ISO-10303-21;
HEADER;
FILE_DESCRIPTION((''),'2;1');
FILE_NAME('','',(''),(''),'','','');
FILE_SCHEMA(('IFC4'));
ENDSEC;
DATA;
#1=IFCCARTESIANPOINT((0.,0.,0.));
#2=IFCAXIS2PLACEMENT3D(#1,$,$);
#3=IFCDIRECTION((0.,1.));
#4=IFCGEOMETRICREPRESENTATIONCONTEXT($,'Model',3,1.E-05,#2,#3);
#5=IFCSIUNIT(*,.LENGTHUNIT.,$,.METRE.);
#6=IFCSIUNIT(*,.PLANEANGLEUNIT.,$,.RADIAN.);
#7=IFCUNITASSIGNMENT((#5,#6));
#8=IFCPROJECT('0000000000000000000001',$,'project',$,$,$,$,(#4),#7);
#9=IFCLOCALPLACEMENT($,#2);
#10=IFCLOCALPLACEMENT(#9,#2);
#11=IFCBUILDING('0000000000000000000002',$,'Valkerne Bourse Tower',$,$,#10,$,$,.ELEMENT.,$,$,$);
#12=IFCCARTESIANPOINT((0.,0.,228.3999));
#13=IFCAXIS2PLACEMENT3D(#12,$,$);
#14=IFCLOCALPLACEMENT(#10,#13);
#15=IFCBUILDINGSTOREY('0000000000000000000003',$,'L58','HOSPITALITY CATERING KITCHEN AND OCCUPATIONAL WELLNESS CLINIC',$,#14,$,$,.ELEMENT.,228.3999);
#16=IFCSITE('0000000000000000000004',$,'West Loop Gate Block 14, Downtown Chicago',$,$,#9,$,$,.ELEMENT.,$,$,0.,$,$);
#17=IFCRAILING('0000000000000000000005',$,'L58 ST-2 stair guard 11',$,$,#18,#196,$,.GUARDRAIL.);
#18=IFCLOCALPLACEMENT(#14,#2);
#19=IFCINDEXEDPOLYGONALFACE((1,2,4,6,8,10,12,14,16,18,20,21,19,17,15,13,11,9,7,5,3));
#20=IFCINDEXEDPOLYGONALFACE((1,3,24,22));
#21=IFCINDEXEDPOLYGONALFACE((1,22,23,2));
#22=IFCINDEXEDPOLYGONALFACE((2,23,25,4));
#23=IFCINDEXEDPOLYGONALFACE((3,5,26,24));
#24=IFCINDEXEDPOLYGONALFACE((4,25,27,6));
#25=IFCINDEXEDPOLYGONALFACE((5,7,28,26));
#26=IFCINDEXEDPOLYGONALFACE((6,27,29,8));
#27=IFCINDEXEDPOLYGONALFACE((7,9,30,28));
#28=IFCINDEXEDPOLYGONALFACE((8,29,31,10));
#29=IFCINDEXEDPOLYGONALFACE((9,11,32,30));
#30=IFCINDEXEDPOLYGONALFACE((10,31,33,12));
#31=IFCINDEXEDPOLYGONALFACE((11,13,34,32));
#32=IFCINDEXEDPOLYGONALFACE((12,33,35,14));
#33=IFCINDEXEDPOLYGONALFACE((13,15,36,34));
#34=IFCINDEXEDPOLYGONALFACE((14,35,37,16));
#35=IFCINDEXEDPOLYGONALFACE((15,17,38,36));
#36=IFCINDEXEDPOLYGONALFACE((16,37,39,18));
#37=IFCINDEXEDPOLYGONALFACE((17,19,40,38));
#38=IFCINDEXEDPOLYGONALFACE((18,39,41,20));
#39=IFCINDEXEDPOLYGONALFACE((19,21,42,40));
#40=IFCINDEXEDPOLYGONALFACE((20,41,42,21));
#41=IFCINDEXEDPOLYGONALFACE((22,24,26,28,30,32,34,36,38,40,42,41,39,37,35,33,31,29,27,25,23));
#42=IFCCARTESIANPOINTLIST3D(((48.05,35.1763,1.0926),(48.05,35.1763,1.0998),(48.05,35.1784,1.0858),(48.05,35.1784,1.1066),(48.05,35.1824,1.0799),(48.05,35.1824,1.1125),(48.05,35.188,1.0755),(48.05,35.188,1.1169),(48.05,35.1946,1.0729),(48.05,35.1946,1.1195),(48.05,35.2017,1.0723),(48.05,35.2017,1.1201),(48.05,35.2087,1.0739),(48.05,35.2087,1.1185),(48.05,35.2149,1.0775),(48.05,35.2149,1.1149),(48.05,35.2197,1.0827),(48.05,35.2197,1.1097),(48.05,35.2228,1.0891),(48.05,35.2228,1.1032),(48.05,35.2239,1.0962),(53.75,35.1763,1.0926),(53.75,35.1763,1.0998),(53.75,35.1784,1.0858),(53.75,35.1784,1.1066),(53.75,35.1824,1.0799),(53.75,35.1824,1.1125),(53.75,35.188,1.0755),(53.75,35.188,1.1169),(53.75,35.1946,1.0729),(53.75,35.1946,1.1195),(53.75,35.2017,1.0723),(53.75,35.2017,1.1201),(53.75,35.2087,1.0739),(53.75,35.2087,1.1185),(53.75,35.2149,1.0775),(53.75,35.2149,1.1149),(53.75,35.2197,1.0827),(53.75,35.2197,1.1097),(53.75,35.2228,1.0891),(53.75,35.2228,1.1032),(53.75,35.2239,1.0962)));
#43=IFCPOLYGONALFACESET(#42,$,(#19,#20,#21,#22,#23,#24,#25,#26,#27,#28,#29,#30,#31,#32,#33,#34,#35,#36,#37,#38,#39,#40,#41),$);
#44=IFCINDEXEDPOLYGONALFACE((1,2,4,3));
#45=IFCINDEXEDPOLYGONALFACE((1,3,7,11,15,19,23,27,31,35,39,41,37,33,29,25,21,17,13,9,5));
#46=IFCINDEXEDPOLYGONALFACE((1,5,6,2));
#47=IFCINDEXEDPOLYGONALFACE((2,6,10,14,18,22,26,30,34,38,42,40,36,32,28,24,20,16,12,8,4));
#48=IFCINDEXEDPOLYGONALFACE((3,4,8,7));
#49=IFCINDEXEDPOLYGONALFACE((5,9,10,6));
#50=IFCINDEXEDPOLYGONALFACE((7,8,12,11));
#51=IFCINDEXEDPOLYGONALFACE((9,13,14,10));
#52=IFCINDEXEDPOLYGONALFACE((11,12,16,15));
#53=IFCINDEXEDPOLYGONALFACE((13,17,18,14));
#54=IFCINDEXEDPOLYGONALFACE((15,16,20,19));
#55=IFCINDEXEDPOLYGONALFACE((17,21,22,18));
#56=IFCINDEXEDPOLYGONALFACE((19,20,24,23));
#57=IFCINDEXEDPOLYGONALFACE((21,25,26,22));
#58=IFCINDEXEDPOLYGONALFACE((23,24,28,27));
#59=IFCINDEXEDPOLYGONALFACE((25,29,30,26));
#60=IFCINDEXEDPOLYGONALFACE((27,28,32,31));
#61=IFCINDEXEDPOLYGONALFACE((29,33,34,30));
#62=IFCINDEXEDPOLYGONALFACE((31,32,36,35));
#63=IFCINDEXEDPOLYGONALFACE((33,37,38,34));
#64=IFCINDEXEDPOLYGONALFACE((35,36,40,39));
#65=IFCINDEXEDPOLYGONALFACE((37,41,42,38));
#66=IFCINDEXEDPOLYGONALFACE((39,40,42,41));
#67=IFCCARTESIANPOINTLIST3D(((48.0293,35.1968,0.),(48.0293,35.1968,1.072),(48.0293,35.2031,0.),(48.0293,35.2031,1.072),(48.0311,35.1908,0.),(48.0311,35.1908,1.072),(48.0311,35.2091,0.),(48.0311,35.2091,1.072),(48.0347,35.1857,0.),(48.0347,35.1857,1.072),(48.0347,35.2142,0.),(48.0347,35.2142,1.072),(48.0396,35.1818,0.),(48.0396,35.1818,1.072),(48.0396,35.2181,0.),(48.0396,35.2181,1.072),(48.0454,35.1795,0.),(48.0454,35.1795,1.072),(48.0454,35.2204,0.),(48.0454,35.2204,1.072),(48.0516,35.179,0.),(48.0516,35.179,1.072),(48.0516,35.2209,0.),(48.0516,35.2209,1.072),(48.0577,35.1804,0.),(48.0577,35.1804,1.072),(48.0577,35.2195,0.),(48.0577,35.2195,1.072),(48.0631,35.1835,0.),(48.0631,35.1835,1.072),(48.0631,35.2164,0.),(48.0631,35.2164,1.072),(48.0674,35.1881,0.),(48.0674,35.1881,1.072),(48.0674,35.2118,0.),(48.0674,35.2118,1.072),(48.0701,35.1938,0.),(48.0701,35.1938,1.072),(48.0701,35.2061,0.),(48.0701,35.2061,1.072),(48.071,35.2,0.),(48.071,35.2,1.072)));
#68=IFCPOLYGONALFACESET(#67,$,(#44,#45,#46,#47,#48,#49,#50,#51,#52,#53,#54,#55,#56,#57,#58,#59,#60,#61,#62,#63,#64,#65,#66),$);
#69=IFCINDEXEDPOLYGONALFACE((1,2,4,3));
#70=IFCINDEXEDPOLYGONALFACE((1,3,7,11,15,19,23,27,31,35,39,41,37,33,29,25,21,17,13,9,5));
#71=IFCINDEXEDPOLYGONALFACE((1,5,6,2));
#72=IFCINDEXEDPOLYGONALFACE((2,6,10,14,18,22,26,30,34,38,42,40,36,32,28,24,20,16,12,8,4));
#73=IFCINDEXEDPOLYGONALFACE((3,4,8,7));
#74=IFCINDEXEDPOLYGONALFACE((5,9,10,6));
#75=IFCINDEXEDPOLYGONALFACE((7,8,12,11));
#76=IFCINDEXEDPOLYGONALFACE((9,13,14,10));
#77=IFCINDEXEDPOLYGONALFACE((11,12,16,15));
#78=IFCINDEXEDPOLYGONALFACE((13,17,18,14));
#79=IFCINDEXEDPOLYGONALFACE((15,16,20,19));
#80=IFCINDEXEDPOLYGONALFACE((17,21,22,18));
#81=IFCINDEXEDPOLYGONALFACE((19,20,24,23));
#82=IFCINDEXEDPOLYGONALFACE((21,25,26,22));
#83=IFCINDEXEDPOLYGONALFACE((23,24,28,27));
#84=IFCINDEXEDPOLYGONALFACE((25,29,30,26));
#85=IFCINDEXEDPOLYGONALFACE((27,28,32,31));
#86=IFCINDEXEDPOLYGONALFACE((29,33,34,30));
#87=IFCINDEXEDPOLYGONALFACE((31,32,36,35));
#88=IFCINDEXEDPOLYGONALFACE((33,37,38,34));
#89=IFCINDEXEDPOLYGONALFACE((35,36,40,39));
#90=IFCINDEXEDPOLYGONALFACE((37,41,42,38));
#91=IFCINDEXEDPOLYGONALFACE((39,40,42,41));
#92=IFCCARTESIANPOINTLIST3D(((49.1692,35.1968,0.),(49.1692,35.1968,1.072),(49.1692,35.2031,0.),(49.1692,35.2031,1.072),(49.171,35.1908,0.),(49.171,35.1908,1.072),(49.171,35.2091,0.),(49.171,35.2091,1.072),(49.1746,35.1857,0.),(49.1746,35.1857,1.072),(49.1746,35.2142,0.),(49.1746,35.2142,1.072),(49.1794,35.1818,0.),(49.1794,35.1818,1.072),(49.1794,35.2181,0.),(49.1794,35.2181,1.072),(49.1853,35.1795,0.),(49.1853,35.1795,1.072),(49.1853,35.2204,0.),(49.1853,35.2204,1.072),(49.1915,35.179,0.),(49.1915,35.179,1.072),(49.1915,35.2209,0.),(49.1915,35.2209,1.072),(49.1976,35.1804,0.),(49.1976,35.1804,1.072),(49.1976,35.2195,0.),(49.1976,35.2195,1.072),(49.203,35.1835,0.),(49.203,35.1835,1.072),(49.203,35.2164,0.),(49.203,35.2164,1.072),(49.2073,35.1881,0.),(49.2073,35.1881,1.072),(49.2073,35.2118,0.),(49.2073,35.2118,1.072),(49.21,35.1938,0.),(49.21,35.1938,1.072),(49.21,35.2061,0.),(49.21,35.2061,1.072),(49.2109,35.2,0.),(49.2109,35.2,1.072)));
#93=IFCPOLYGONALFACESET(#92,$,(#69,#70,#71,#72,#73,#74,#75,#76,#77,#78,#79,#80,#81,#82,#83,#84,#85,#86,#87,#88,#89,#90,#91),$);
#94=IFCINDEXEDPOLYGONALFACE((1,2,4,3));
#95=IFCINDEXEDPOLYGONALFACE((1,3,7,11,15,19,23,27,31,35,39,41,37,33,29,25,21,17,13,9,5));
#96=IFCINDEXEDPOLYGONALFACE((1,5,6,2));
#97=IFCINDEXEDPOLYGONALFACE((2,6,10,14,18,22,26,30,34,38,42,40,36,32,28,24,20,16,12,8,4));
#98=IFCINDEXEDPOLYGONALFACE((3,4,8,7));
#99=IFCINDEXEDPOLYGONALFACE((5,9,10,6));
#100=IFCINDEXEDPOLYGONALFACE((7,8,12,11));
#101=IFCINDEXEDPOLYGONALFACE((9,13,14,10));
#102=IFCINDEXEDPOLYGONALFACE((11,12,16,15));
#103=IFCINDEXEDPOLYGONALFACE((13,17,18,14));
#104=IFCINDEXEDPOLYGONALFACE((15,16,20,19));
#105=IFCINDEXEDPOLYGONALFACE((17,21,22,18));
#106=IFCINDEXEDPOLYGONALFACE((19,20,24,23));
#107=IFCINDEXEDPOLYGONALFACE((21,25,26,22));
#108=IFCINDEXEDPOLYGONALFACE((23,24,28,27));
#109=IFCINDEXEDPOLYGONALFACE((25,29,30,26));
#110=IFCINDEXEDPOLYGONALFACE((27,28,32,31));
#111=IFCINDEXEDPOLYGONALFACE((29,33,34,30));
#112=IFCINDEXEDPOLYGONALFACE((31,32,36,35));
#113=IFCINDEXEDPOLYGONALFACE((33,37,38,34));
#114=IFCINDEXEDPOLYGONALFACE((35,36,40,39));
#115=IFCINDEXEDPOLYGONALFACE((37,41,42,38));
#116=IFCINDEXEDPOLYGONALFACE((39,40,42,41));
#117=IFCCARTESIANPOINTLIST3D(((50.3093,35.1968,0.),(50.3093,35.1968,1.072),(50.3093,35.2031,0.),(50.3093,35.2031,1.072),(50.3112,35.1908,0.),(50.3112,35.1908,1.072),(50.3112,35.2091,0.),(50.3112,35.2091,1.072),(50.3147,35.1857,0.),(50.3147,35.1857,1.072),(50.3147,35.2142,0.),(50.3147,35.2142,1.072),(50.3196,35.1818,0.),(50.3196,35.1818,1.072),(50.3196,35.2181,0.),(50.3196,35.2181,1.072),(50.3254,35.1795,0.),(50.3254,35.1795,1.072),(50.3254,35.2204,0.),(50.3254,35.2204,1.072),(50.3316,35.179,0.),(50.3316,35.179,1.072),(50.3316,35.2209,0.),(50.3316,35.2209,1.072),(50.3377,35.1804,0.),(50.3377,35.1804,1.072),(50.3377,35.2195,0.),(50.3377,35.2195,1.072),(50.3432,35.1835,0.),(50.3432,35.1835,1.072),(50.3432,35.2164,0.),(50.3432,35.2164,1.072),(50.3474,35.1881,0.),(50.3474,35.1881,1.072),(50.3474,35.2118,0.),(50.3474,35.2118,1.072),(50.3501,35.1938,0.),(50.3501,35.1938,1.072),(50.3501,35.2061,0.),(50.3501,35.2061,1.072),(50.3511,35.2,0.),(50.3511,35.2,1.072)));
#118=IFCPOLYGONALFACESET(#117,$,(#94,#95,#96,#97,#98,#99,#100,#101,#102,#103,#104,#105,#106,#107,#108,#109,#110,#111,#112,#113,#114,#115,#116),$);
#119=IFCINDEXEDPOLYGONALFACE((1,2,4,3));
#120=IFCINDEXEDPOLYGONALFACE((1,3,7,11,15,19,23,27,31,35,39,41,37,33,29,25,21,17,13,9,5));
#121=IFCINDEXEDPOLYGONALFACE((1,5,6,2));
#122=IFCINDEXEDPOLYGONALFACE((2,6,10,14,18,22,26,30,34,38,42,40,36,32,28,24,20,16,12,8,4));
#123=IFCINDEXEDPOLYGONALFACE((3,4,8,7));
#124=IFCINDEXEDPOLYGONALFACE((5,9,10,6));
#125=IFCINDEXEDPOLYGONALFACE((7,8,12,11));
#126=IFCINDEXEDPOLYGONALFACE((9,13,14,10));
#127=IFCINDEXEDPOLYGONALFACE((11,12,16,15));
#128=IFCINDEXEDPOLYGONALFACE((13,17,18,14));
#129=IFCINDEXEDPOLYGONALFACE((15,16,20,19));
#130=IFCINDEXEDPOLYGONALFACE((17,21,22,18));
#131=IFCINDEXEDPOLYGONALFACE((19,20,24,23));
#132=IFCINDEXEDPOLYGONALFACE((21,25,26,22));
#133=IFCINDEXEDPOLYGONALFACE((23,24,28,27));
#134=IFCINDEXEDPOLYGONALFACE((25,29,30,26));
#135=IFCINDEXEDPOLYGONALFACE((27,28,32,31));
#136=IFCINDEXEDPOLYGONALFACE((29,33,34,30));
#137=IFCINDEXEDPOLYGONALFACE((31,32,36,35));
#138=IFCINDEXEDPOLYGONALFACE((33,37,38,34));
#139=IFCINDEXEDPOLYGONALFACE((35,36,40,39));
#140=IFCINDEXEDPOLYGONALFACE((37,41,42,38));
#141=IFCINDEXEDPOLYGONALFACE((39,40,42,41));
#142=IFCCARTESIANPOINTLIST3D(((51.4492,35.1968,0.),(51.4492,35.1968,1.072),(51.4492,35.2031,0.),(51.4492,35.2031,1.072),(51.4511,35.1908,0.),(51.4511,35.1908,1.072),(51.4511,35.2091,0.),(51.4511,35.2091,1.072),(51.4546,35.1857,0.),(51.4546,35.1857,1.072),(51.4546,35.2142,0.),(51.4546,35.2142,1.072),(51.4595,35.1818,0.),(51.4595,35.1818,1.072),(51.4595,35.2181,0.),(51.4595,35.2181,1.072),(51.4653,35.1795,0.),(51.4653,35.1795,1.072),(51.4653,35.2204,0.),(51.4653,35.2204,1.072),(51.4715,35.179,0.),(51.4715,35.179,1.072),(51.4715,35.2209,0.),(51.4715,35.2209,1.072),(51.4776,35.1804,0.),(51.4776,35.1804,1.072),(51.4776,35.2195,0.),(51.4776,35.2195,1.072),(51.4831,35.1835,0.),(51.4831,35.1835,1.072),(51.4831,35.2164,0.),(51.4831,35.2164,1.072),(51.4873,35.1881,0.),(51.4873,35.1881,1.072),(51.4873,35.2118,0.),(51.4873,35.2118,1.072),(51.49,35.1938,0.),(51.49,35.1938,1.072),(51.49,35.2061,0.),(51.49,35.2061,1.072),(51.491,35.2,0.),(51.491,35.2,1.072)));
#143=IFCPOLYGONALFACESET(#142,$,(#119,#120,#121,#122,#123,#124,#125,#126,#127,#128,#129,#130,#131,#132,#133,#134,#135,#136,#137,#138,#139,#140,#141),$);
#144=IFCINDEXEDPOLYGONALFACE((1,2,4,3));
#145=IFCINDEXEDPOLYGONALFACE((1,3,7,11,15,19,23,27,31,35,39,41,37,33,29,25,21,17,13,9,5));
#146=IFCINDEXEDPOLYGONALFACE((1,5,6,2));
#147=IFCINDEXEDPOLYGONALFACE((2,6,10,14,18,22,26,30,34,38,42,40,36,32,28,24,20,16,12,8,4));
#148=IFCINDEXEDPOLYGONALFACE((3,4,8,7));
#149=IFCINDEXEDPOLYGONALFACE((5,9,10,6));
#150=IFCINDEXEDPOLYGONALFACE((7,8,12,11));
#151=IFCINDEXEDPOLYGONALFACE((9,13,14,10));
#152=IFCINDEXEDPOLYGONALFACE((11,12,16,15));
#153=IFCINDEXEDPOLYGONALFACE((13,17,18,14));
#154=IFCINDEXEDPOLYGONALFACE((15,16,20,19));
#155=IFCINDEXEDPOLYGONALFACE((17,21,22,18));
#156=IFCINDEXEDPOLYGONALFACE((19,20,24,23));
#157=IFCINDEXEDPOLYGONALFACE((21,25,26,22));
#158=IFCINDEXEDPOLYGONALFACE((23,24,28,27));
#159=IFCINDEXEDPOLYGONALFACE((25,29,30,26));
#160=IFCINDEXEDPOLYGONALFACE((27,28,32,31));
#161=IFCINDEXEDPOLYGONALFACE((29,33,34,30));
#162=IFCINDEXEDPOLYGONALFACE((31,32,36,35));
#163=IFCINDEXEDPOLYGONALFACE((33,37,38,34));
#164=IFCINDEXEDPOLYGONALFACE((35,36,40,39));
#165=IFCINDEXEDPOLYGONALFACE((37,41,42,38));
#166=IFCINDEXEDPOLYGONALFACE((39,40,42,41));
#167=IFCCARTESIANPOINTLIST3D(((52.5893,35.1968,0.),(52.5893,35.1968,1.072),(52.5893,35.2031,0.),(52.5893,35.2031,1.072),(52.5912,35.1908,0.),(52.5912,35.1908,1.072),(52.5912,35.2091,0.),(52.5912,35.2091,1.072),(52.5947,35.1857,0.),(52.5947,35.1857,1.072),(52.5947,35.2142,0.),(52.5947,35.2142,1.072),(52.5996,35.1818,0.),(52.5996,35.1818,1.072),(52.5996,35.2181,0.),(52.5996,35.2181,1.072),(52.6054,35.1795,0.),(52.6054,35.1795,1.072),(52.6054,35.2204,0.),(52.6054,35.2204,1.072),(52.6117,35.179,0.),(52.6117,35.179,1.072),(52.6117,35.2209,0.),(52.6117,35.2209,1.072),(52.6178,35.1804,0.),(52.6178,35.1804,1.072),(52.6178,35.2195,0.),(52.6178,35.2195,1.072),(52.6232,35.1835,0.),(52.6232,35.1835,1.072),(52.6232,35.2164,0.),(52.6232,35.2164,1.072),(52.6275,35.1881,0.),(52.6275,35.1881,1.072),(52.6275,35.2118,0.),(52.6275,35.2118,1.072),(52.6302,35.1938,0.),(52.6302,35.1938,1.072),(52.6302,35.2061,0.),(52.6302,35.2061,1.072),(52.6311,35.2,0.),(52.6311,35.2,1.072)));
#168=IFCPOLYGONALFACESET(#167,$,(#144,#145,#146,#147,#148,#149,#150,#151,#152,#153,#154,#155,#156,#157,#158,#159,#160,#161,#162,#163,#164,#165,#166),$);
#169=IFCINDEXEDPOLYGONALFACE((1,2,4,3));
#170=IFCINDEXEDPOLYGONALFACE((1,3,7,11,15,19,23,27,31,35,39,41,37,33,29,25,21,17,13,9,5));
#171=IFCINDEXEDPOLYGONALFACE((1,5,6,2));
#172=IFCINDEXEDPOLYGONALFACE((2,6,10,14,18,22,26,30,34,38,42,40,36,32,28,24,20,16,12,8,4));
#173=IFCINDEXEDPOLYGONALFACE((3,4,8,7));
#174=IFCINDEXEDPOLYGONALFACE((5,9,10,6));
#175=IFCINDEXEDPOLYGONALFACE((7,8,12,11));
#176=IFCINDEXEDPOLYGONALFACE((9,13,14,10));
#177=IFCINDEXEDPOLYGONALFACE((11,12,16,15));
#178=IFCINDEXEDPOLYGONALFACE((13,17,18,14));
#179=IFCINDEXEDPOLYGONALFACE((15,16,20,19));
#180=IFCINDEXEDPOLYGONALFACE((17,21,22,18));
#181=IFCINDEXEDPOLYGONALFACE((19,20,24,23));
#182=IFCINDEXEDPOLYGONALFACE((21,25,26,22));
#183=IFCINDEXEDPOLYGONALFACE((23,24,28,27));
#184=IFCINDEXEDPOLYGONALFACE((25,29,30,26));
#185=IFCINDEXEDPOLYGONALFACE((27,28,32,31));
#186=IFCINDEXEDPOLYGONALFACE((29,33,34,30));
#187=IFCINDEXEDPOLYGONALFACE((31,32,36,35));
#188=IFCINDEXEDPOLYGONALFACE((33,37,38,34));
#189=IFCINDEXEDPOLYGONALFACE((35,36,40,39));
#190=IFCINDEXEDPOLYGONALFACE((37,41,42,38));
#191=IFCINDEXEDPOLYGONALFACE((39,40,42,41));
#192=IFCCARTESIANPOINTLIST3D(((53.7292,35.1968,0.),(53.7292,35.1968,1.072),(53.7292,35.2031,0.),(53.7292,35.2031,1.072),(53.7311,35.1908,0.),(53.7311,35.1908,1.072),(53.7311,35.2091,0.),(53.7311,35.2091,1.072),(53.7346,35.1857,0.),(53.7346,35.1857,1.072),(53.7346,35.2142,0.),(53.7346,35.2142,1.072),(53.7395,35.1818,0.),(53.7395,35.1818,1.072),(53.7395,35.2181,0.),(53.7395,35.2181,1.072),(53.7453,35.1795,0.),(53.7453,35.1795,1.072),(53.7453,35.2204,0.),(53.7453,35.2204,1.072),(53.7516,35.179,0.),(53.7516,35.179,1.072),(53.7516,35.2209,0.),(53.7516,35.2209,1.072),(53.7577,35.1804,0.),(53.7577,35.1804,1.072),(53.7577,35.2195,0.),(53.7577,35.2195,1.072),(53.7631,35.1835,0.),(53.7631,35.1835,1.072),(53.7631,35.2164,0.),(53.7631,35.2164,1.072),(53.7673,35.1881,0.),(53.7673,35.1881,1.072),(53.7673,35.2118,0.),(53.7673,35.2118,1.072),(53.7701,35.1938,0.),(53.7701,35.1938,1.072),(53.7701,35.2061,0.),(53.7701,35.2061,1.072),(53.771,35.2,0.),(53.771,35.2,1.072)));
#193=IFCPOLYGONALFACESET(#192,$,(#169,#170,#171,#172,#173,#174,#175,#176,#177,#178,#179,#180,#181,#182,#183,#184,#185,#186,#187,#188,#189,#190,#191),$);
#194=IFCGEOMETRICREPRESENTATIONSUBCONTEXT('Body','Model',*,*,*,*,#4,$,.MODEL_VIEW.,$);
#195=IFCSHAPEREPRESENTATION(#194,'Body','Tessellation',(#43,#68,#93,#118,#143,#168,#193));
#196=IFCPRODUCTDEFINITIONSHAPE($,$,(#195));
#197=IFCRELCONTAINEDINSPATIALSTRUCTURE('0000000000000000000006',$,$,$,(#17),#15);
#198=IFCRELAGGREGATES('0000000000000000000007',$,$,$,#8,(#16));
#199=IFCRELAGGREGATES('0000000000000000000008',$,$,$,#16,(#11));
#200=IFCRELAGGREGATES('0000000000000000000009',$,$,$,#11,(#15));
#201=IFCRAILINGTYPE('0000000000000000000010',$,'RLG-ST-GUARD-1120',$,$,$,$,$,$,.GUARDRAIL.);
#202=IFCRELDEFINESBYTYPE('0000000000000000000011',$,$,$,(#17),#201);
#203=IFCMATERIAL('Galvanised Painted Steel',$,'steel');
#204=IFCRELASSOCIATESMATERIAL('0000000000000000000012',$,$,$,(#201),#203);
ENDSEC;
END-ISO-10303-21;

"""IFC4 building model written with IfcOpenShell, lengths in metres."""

from ifc_helpers import new_model, si_unit, direction, frame, origin, origin_2d, place, context, subcontext, project, spatial, circle, extrude, material, type_object, element, save


model = new_model("IFC4")

# Units and contexts
model_context = context("Model", 3, precision=1e-05, world=origin(), true_north=direction((0.0, 1.0)))
body_context = subcontext(model_context, "Body", "Model", "MODEL_VIEW")
ifc_project = project(units=[si_unit("LENGTHUNIT", "METRE"), si_unit("PLANEANGLEUNIT", "RADIAN")], contexts=[model_context])

# Site, building, storey
site_placement = place(None, origin())
site = spatial("IfcSite", under=ifc_project, at=site_placement, Name="West Loop Gate Block 14, Downtown Chicago", CompositionType="ELEMENT", RefElevation=0.0)
building_placement = place(site_placement, origin())
building = spatial("IfcBuilding", under=site, at=building_placement, Name="Valkerne Bourse Tower", CompositionType="ELEMENT")
storey_placement = place(building_placement, frame((0.0, 0.0, 228.3999)))
storey = spatial("IfcBuildingStorey", under=building, at=storey_placement, Name="L58", Description="HOSPITALITY CATERING KITCHEN AND OCCUPATIONAL WELLNESS CLINIC", CompositionType="ELEMENT", Elevation=228.3999)

# Railing
ifc_material_1 = material(Name="Galvanised Painted Steel", Category="steel")
railing_type = type_object("IfcRailingType", Name="RLG-ST-GUARD-1120", PredefinedType="GUARDRAIL", material=ifc_material_1)
railing_placement = place(storey_placement, frame((48.05, 35.2, 0.0)))
element("IfcRailing", 1, at=railing_placement, inside=storey, type_object=railing_type, Name="L58 ST-2 stair guard 11", PredefinedType="GUARDRAIL", context=body_context, shape_type="SweptSolid", body=[
    extrude(circle(Radius=0.0239, at=origin_2d()), frame((0.0, 0.0, 1.0962), z_axis=(1.0, 0.0, 0.0), x_axis=(0.0, 1.0, 0.0)), (0.0, 0.0, 1.0), 5.7),
    extrude(circle(Radius=0.021, at=origin_2d()), origin(), (0.0, 0.0, 1.0), 1.072),
    extrude(circle(Radius=0.021, at=origin_2d()), frame((1.1399, 0.0, 0.0)), (0.0, 0.0, 1.0), 1.072),
    extrude(circle(Radius=0.021, at=origin_2d()), frame((2.28, 0.0, 0.0)), (0.0, 0.0, 1.0), 1.072),
    extrude(circle(Radius=0.021, at=origin_2d()), frame((3.4199, 0.0, 0.0)), (0.0, 0.0, 1.0), 1.072),
    extrude(circle(Radius=0.021, at=origin_2d()), frame((4.5601, 0.0, 0.0)), (0.0, 0.0, 1.0), 1.072),
    extrude(circle(Radius=0.021, at=origin_2d()), frame((5.7, 0.0, 0.0)), (0.0, 0.0, 1.0), 1.072),
])

save(model, "model.ifc")
